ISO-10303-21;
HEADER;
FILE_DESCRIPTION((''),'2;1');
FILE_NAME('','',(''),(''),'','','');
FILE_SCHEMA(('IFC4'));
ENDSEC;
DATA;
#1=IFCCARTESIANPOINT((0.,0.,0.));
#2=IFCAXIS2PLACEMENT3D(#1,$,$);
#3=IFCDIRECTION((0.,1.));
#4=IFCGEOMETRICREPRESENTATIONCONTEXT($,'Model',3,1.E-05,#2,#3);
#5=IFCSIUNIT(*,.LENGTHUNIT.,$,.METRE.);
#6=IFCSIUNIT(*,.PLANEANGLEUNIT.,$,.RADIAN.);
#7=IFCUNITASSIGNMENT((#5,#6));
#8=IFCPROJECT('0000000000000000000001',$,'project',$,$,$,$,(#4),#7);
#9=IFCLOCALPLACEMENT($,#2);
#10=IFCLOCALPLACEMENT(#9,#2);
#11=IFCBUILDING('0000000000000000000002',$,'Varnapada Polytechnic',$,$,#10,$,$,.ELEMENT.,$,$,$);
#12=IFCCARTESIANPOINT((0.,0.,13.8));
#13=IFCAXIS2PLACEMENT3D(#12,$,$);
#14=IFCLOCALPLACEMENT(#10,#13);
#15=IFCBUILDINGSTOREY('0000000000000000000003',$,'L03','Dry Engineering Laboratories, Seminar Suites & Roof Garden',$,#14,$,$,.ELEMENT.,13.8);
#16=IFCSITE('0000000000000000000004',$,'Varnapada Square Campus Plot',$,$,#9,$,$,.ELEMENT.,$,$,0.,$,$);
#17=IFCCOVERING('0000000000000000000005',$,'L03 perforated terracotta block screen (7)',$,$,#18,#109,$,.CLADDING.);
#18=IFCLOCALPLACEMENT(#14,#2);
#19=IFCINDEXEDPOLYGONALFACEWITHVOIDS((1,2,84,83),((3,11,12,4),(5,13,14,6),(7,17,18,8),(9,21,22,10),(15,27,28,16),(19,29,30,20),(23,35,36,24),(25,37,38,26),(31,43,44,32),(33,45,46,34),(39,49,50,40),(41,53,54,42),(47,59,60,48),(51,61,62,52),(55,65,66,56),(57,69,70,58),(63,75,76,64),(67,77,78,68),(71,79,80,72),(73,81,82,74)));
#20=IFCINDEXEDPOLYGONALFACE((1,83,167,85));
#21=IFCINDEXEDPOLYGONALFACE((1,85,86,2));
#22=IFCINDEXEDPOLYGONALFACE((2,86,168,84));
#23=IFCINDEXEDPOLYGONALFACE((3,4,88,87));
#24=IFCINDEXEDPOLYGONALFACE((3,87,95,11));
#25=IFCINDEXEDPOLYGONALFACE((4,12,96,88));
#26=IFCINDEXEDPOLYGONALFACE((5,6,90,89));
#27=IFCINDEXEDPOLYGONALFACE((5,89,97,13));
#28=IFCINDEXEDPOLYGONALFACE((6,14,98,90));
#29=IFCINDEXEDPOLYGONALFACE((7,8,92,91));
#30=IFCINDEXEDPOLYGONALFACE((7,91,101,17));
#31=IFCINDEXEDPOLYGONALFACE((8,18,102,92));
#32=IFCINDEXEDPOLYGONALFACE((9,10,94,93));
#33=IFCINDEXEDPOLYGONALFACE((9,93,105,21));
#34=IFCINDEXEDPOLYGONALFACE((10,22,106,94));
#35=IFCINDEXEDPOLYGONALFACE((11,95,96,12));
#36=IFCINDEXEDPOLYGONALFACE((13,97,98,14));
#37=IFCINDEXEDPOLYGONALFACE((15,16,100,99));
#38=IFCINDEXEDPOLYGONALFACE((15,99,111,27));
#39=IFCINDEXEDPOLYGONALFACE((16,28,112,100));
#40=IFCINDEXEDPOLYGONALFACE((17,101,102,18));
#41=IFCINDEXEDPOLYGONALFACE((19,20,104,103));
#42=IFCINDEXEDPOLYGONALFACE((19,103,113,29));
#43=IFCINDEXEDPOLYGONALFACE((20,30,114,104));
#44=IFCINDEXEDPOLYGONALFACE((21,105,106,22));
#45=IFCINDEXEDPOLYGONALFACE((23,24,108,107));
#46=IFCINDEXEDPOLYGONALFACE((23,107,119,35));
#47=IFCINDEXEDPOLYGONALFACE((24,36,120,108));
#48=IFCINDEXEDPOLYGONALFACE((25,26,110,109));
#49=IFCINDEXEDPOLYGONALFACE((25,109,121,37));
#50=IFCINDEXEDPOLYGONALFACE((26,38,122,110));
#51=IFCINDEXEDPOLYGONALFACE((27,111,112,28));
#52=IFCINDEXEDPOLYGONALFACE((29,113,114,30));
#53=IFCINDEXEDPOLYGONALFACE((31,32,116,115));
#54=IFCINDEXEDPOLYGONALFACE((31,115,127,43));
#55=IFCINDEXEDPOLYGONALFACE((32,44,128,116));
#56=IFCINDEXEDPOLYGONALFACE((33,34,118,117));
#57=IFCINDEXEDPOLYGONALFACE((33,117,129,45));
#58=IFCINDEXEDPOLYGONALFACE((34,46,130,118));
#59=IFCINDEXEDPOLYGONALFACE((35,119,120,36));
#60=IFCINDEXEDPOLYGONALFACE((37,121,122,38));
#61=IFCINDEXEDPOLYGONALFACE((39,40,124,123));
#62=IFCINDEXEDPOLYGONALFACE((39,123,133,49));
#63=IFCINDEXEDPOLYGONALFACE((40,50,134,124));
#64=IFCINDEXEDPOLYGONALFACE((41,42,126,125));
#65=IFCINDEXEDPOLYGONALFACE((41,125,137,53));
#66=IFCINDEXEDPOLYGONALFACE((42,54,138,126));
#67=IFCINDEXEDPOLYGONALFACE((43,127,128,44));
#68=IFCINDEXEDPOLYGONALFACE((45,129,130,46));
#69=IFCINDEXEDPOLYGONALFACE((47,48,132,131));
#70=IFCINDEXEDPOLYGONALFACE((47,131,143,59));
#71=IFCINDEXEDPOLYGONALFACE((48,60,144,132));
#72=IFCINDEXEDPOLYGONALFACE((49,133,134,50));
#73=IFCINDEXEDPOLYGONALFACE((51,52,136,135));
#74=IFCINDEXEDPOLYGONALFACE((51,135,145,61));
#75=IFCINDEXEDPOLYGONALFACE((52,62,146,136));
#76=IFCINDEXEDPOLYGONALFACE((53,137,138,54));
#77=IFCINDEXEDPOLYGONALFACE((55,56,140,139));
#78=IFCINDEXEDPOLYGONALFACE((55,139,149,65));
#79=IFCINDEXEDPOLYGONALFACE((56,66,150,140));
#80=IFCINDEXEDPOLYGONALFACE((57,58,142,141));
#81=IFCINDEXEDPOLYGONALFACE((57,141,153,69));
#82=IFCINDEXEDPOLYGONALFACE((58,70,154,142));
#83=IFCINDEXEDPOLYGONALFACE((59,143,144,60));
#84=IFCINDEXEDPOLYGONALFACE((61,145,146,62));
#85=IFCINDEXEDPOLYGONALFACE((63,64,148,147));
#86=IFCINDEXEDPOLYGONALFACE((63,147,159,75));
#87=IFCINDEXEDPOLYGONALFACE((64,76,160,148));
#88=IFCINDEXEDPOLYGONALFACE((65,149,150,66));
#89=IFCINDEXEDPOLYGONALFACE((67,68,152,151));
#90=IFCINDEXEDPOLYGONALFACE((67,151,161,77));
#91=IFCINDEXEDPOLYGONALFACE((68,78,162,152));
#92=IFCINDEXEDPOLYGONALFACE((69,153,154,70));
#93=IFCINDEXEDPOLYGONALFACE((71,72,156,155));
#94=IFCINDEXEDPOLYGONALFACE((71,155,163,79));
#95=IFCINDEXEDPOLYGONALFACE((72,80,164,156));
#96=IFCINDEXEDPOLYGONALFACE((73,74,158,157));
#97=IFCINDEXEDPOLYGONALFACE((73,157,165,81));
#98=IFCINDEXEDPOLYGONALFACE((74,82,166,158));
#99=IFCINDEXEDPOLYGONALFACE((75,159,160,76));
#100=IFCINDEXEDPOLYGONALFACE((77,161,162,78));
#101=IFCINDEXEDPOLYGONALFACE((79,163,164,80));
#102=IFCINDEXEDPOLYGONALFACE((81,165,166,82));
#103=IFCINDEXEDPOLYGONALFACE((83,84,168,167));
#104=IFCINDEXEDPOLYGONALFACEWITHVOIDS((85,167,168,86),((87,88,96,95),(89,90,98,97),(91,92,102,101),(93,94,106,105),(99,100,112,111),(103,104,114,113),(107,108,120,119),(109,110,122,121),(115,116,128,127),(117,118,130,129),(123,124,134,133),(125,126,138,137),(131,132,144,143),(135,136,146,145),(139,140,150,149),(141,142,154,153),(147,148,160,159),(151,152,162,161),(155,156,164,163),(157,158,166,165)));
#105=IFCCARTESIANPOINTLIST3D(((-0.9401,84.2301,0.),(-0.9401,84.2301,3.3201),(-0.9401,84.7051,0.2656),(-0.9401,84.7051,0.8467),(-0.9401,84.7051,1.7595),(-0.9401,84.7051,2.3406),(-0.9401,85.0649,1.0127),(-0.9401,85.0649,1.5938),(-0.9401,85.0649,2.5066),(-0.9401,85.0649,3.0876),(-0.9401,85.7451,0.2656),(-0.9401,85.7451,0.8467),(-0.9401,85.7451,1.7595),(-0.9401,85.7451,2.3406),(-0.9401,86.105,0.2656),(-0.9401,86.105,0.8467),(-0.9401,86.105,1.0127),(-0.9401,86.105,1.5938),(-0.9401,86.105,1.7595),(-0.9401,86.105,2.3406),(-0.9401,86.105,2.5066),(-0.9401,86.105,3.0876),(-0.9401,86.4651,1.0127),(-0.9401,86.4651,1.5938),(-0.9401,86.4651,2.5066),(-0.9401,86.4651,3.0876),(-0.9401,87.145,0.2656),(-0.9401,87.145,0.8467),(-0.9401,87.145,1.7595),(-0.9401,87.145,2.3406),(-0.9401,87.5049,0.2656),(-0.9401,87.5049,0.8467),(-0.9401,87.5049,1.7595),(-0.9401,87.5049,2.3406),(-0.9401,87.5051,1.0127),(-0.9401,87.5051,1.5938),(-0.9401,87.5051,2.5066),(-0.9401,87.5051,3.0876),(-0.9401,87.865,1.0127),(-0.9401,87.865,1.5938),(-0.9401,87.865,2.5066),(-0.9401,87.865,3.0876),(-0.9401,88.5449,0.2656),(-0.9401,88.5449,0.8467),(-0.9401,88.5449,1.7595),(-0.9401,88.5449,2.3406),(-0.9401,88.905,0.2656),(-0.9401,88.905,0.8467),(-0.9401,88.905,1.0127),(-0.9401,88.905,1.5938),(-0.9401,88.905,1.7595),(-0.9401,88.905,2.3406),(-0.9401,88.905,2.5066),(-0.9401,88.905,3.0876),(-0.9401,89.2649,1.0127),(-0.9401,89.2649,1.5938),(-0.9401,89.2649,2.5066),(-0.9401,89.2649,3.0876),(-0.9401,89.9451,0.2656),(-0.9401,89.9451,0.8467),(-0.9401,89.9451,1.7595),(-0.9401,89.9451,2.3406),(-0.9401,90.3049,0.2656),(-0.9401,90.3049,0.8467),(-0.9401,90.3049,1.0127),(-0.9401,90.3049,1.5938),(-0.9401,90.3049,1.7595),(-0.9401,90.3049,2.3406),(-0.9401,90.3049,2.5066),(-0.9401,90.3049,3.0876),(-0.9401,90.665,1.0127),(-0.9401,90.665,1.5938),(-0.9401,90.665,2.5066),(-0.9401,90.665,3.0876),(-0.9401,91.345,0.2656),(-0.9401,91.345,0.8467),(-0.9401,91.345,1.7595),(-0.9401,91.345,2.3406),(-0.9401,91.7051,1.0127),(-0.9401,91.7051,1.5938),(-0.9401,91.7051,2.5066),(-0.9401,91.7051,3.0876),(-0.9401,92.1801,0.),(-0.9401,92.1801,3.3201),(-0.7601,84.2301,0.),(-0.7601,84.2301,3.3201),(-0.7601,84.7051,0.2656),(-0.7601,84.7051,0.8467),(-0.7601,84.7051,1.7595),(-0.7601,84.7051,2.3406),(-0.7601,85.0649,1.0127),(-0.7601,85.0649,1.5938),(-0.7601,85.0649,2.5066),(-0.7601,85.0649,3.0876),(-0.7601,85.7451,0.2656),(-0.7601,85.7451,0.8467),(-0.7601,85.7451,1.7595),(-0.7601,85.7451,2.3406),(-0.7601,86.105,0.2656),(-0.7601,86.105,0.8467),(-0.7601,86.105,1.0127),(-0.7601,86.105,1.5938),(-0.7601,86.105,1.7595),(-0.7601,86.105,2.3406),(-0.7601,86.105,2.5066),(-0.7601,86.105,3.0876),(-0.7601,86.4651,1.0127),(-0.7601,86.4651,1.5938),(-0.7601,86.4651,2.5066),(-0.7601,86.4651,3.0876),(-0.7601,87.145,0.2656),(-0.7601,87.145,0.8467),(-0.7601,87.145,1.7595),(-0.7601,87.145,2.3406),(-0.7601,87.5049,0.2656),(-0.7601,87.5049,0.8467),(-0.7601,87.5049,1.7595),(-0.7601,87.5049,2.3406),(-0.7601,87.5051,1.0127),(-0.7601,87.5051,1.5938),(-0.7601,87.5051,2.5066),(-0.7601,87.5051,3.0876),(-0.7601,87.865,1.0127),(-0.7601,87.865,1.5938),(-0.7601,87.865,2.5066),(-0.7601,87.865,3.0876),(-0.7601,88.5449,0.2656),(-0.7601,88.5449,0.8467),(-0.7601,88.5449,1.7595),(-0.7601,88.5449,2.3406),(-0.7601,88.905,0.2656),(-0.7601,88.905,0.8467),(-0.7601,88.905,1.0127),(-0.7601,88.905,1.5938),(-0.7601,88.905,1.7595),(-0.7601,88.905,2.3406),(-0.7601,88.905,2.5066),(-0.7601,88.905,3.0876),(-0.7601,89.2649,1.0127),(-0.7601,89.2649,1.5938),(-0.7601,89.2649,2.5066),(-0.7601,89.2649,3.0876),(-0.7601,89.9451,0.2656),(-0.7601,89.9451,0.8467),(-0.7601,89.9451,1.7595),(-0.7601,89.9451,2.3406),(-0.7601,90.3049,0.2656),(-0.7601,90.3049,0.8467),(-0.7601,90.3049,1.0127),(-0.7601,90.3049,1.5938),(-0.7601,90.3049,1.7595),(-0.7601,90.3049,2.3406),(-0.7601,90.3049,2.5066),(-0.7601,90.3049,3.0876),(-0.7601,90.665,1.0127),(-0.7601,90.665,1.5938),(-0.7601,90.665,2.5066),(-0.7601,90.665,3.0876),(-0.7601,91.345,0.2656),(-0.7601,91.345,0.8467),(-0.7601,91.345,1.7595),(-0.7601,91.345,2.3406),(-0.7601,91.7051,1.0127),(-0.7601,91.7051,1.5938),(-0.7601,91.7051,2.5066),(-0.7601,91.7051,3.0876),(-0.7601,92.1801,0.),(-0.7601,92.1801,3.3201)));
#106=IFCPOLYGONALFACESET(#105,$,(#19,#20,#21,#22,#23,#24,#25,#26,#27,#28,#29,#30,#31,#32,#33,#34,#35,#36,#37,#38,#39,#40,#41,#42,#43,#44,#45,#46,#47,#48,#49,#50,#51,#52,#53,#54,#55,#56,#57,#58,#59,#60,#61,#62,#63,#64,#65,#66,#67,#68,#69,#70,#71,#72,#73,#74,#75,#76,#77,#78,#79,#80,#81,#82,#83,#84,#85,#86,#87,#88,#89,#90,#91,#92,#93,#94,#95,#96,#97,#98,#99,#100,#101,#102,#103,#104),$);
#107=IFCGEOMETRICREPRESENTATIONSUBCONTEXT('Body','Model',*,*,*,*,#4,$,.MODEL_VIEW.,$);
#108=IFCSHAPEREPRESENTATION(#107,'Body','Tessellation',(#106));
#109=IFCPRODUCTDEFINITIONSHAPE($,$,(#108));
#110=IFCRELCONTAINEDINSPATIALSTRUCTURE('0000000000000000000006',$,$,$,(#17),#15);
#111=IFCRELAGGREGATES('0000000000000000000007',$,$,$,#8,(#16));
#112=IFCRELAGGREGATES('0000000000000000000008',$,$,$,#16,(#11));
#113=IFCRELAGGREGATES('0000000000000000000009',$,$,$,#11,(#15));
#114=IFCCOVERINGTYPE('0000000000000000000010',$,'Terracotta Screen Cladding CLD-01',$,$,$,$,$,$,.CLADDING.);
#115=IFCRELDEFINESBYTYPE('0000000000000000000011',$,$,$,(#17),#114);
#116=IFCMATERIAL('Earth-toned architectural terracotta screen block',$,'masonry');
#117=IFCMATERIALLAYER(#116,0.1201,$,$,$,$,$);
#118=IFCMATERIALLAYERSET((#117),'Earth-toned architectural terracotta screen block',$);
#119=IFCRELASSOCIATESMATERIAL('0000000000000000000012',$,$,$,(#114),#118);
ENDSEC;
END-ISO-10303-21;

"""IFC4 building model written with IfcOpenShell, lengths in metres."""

from ifc_helpers import new_model, si_unit, direction, frame, frame_2d, origin, place, context, subcontext, project, spatial, rectangle, extrude, material, layer, layer_set, type_object, element, save


model = new_model("IFC4")

# Units and contexts
model_context = context("Model", 3, precision=1e-05, world=origin(), true_north=direction((0.0, 1.0)))
body_context = subcontext(model_context, "Body", "Model", "MODEL_VIEW")
ifc_project = project(units=[si_unit("LENGTHUNIT", "METRE"), si_unit("PLANEANGLEUNIT", "RADIAN")], contexts=[model_context])

# Site, building, storey
site_placement = place(None, origin())
site = spatial("IfcSite", under=ifc_project, at=site_placement, Name="Varnapada Square Campus Plot", CompositionType="ELEMENT", RefElevation=0.0)
building_placement = place(site_placement, origin())
building = spatial("IfcBuilding", under=site, at=building_placement, Name="Varnapada Polytechnic", CompositionType="ELEMENT")
storey_placement = place(building_placement, frame((0.0, 0.0, 13.8)))
storey = spatial("IfcBuildingStorey", under=building, at=storey_placement, Name="L03", Description="Dry Engineering Laboratories, Seminar Suites & Roof Garden", CompositionType="ELEMENT", Elevation=13.8)

# Covering, openings
ifc_material_1 = material(Name="Earth-toned architectural terracotta screen block", Category="masonry")
ifc_layer_1 = layer(ifc_material_1, 0.1201)
ifc_layer_set_1 = layer_set([ifc_layer_1], Name="Earth-toned architectural terracotta screen block")
covering_type = type_object("IfcCoveringType", Name="Terracotta Screen Cladding CLD-01", PredefinedType="CLADDING", material=ifc_layer_set_1)
covering_placement = place(storey_placement, frame((-0.8501, 84.23, 0.0), z_axis=(0.0, 0.0, 1.0), x_axis=(0.0, 1.0, 0.0)))
covering = element("IfcCovering", 1, at=covering_placement, inside=storey, type_object=covering_type, Name="L03 perforated terracotta block screen (7)", PredefinedType="CLADDING", context=body_context, shape_type="SweptSolid", body=[
    extrude(rectangle(XDim=7.95, YDim=0.1799, at=frame_2d((3.9751, 0.0))), origin(), (0.0, 0.0, 1.0), 3.3201),
])
opening_1_placement = place(covering_placement, frame((0.4751, 0.0, 0.2656)))
element("IfcOpeningElement", 2, at=opening_1_placement, cuts=covering, PredefinedType="OPENING", context=body_context, shape_type="SweptSolid", body=[
    extrude(rectangle(XDim=1.04, YDim=0.5811, at=frame_2d((0.52, 0.2905))), frame((0.0, 0.0999, 0.0), z_axis=(0.0, -1.0, 0.0), x_axis=(1.0, 0.0, 0.0)), (0.0, 0.0, 1.0), 0.2),
])
opening_2_placement = place(covering_placement, frame((1.875, 0.0, 0.2656)))
element("IfcOpeningElement", 3, at=opening_2_placement, cuts=covering, PredefinedType="OPENING", context=body_context, shape_type="SweptSolid", body=[
    extrude(rectangle(XDim=1.04, YDim=0.5811, at=frame_2d((0.52, 0.2905))), frame((0.0, 0.0999, 0.0), z_axis=(0.0, -1.0, 0.0), x_axis=(1.0, 0.0, 0.0)), (0.0, 0.0, 1.0), 0.2),
])
opening_3_placement = place(covering_placement, frame((3.2749, 0.0, 0.2656)))
element("IfcOpeningElement", 4, at=opening_3_placement, cuts=covering, PredefinedType="OPENING", context=body_context, shape_type="SweptSolid", body=[
    extrude(rectangle(XDim=1.04, YDim=0.5811, at=frame_2d((0.52, 0.2905))), frame((0.0, 0.0999, 0.0), z_axis=(0.0, -1.0, 0.0), x_axis=(1.0, 0.0, 0.0)), (0.0, 0.0, 1.0), 0.2),
])
opening_4_placement = place(covering_placement, frame((4.675, 0.0, 0.2656)))
element("IfcOpeningElement", 5, at=opening_4_placement, cuts=covering, PredefinedType="OPENING", context=body_context, shape_type="SweptSolid", body=[
    extrude(rectangle(XDim=1.04, YDim=0.5811, at=frame_2d((0.52, 0.2905))), frame((0.0, 0.0999, 0.0), z_axis=(0.0, -1.0, 0.0), x_axis=(1.0, 0.0, 0.0)), (0.0, 0.0, 1.0), 0.2),
])
opening_5_placement = place(covering_placement, frame((6.075, 0.0, 0.2656)))
element("IfcOpeningElement", 6, at=opening_5_placement, cuts=covering, PredefinedType="OPENING", context=body_context, shape_type="SweptSolid", body=[
    extrude(rectangle(XDim=1.04, YDim=0.5811, at=frame_2d((0.52, 0.2905))), frame((0.0, 0.0999, 0.0), z_axis=(0.0, -1.0, 0.0), x_axis=(1.0, 0.0, 0.0)), (0.0, 0.0, 1.0), 0.2),
])
opening_6_placement = place(covering_placement, frame((0.835, 0.0, 1.0127)))
element("IfcOpeningElement", 7, at=opening_6_placement, cuts=covering, PredefinedType="OPENING", context=body_context, shape_type="SweptSolid", body=[
    extrude(rectangle(XDim=1.04, YDim=0.5811, at=frame_2d((0.52, 0.2905))), frame((0.0, 0.0999, 0.0), z_axis=(0.0, -1.0, 0.0), x_axis=(1.0, 0.0, 0.0)), (0.0, 0.0, 1.0), 0.2),
])
opening_7_placement = place(covering_placement, frame((2.2351, 0.0, 1.0127)))
element("IfcOpeningElement", 8, at=opening_7_placement, cuts=covering, PredefinedType="OPENING", context=body_context, shape_type="SweptSolid", body=[
    extrude(rectangle(XDim=1.04, YDim=0.5811, at=frame_2d((0.52, 0.2905))), frame((0.0, 0.0999, 0.0), z_axis=(0.0, -1.0, 0.0), x_axis=(1.0, 0.0, 0.0)), (0.0, 0.0, 1.0), 0.2),
])
opening_8_placement = place(covering_placement, frame((3.635, 0.0, 1.0127)))
element("IfcOpeningElement", 9, at=opening_8_placement, cuts=covering, PredefinedType="OPENING", context=body_context, shape_type="SweptSolid", body=[
    extrude(rectangle(XDim=1.04, YDim=0.5811, at=frame_2d((0.52, 0.2905))), frame((0.0, 0.0999, 0.0), z_axis=(0.0, -1.0, 0.0), x_axis=(1.0, 0.0, 0.0)), (0.0, 0.0, 1.0), 0.2),
])
opening_9_placement = place(covering_placement, frame((5.0349, 0.0, 1.0127)))
element("IfcOpeningElement", 10, at=opening_9_placement, cuts=covering, PredefinedType="OPENING", context=body_context, shape_type="SweptSolid", body=[
    extrude(rectangle(XDim=1.04, YDim=0.5811, at=frame_2d((0.52, 0.2905))), frame((0.0, 0.0999, 0.0), z_axis=(0.0, -1.0, 0.0), x_axis=(1.0, 0.0, 0.0)), (0.0, 0.0, 1.0), 0.2),
])
opening_10_placement = place(covering_placement, frame((6.4351, 0.0, 1.0127)))
element("IfcOpeningElement", 11, at=opening_10_placement, cuts=covering, PredefinedType="OPENING", context=body_context, shape_type="SweptSolid", body=[
    extrude(rectangle(XDim=1.04, YDim=0.5811, at=frame_2d((0.52, 0.2905))), frame((0.0, 0.0999, 0.0), z_axis=(0.0, -1.0, 0.0), x_axis=(1.0, 0.0, 0.0)), (0.0, 0.0, 1.0), 0.2),
])
opening_11_placement = place(covering_placement, frame((0.4751, 0.0, 1.7595)))
element("IfcOpeningElement", 12, at=opening_11_placement, cuts=covering, PredefinedType="OPENING", context=body_context, shape_type="SweptSolid", body=[
    extrude(rectangle(XDim=1.04, YDim=0.5811, at=frame_2d((0.52, 0.2905))), frame((0.0, 0.0999, 0.0), z_axis=(0.0, -1.0, 0.0), x_axis=(1.0, 0.0, 0.0)), (0.0, 0.0, 1.0), 0.2),
])
opening_12_placement = place(covering_placement, frame((1.875, 0.0, 1.7595)))
element("IfcOpeningElement", 13, at=opening_12_placement, cuts=covering, PredefinedType="OPENING", context=body_context, shape_type="SweptSolid", body=[
    extrude(rectangle(XDim=1.04, YDim=0.5811, at=frame_2d((0.52, 0.2905))), frame((0.0, 0.0999, 0.0), z_axis=(0.0, -1.0, 0.0), x_axis=(1.0, 0.0, 0.0)), (0.0, 0.0, 1.0), 0.2),
])
opening_13_placement = place(covering_placement, frame((3.2749, 0.0, 1.7595)))
element("IfcOpeningElement", 14, at=opening_13_placement, cuts=covering, PredefinedType="OPENING", context=body_context, shape_type="SweptSolid", body=[
    extrude(rectangle(XDim=1.04, YDim=0.5811, at=frame_2d((0.52, 0.2905))), frame((0.0, 0.0999, 0.0), z_axis=(0.0, -1.0, 0.0), x_axis=(1.0, 0.0, 0.0)), (0.0, 0.0, 1.0), 0.2),
])
opening_14_placement = place(covering_placement, frame((4.675, 0.0, 1.7595)))
element("IfcOpeningElement", 15, at=opening_14_placement, cuts=covering, PredefinedType="OPENING", context=body_context, shape_type="SweptSolid", body=[
    extrude(rectangle(XDim=1.04, YDim=0.5811, at=frame_2d((0.52, 0.2905))), frame((0.0, 0.0999, 0.0), z_axis=(0.0, -1.0, 0.0), x_axis=(1.0, 0.0, 0.0)), (0.0, 0.0, 1.0), 0.2),
])
opening_15_placement = place(covering_placement, frame((6.075, 0.0, 1.7595)))
element("IfcOpeningElement", 16, at=opening_15_placement, cuts=covering, PredefinedType="OPENING", context=body_context, shape_type="SweptSolid", body=[
    extrude(rectangle(XDim=1.04, YDim=0.5811, at=frame_2d((0.52, 0.2905))), frame((0.0, 0.0999, 0.0), z_axis=(0.0, -1.0, 0.0), x_axis=(1.0, 0.0, 0.0)), (0.0, 0.0, 1.0), 0.2),
])
opening_16_placement = place(covering_placement, frame((0.835, 0.0, 2.5066)))
element("IfcOpeningElement", 17, at=opening_16_placement, cuts=covering, PredefinedType="OPENING", context=body_context, shape_type="SweptSolid", body=[
    extrude(rectangle(XDim=1.04, YDim=0.5811, at=frame_2d((0.52, 0.2905))), frame((0.0, 0.0999, 0.0), z_axis=(0.0, -1.0, 0.0), x_axis=(1.0, 0.0, 0.0)), (0.0, 0.0, 1.0), 0.2),
])
opening_17_placement = place(covering_placement, frame((2.2351, 0.0, 2.5066)))
element("IfcOpeningElement", 18, at=opening_17_placement, cuts=covering, PredefinedType="OPENING", context=body_context, shape_type="SweptSolid", body=[
    extrude(rectangle(XDim=1.04, YDim=0.5811, at=frame_2d((0.52, 0.2905))), frame((0.0, 0.0999, 0.0), z_axis=(0.0, -1.0, 0.0), x_axis=(1.0, 0.0, 0.0)), (0.0, 0.0, 1.0), 0.2),
])
opening_18_placement = place(covering_placement, frame((3.635, 0.0, 2.5066)))
element("IfcOpeningElement", 19, at=opening_18_placement, cuts=covering, PredefinedType="OPENING", context=body_context, shape_type="SweptSolid", body=[
    extrude(rectangle(XDim=1.04, YDim=0.5811, at=frame_2d((0.52, 0.2905))), frame((0.0, 0.0999, 0.0), z_axis=(0.0, -1.0, 0.0), x_axis=(1.0, 0.0, 0.0)), (0.0, 0.0, 1.0), 0.2),
])
opening_19_placement = place(covering_placement, frame((5.0349, 0.0, 2.5066)))
element("IfcOpeningElement", 20, at=opening_19_placement, cuts=covering, PredefinedType="OPENING", context=body_context, shape_type="SweptSolid", body=[
    extrude(rectangle(XDim=1.04, YDim=0.5811, at=frame_2d((0.52, 0.2905))), frame((0.0, 0.0999, 0.0), z_axis=(0.0, -1.0, 0.0), x_axis=(1.0, 0.0, 0.0)), (0.0, 0.0, 1.0), 0.2),
])
opening_20_placement = place(covering_placement, frame((6.4351, 0.0, 2.5066)))
element("IfcOpeningElement", 21, at=opening_20_placement, cuts=covering, PredefinedType="OPENING", context=body_context, shape_type="SweptSolid", body=[
    extrude(rectangle(XDim=1.04, YDim=0.5811, at=frame_2d((0.52, 0.2905))), frame((0.0, 0.0999, 0.0), z_axis=(0.0, -1.0, 0.0), x_axis=(1.0, 0.0, 0.0)), (0.0, 0.0, 1.0), 0.2),
])

save(model, "model.ifc")
